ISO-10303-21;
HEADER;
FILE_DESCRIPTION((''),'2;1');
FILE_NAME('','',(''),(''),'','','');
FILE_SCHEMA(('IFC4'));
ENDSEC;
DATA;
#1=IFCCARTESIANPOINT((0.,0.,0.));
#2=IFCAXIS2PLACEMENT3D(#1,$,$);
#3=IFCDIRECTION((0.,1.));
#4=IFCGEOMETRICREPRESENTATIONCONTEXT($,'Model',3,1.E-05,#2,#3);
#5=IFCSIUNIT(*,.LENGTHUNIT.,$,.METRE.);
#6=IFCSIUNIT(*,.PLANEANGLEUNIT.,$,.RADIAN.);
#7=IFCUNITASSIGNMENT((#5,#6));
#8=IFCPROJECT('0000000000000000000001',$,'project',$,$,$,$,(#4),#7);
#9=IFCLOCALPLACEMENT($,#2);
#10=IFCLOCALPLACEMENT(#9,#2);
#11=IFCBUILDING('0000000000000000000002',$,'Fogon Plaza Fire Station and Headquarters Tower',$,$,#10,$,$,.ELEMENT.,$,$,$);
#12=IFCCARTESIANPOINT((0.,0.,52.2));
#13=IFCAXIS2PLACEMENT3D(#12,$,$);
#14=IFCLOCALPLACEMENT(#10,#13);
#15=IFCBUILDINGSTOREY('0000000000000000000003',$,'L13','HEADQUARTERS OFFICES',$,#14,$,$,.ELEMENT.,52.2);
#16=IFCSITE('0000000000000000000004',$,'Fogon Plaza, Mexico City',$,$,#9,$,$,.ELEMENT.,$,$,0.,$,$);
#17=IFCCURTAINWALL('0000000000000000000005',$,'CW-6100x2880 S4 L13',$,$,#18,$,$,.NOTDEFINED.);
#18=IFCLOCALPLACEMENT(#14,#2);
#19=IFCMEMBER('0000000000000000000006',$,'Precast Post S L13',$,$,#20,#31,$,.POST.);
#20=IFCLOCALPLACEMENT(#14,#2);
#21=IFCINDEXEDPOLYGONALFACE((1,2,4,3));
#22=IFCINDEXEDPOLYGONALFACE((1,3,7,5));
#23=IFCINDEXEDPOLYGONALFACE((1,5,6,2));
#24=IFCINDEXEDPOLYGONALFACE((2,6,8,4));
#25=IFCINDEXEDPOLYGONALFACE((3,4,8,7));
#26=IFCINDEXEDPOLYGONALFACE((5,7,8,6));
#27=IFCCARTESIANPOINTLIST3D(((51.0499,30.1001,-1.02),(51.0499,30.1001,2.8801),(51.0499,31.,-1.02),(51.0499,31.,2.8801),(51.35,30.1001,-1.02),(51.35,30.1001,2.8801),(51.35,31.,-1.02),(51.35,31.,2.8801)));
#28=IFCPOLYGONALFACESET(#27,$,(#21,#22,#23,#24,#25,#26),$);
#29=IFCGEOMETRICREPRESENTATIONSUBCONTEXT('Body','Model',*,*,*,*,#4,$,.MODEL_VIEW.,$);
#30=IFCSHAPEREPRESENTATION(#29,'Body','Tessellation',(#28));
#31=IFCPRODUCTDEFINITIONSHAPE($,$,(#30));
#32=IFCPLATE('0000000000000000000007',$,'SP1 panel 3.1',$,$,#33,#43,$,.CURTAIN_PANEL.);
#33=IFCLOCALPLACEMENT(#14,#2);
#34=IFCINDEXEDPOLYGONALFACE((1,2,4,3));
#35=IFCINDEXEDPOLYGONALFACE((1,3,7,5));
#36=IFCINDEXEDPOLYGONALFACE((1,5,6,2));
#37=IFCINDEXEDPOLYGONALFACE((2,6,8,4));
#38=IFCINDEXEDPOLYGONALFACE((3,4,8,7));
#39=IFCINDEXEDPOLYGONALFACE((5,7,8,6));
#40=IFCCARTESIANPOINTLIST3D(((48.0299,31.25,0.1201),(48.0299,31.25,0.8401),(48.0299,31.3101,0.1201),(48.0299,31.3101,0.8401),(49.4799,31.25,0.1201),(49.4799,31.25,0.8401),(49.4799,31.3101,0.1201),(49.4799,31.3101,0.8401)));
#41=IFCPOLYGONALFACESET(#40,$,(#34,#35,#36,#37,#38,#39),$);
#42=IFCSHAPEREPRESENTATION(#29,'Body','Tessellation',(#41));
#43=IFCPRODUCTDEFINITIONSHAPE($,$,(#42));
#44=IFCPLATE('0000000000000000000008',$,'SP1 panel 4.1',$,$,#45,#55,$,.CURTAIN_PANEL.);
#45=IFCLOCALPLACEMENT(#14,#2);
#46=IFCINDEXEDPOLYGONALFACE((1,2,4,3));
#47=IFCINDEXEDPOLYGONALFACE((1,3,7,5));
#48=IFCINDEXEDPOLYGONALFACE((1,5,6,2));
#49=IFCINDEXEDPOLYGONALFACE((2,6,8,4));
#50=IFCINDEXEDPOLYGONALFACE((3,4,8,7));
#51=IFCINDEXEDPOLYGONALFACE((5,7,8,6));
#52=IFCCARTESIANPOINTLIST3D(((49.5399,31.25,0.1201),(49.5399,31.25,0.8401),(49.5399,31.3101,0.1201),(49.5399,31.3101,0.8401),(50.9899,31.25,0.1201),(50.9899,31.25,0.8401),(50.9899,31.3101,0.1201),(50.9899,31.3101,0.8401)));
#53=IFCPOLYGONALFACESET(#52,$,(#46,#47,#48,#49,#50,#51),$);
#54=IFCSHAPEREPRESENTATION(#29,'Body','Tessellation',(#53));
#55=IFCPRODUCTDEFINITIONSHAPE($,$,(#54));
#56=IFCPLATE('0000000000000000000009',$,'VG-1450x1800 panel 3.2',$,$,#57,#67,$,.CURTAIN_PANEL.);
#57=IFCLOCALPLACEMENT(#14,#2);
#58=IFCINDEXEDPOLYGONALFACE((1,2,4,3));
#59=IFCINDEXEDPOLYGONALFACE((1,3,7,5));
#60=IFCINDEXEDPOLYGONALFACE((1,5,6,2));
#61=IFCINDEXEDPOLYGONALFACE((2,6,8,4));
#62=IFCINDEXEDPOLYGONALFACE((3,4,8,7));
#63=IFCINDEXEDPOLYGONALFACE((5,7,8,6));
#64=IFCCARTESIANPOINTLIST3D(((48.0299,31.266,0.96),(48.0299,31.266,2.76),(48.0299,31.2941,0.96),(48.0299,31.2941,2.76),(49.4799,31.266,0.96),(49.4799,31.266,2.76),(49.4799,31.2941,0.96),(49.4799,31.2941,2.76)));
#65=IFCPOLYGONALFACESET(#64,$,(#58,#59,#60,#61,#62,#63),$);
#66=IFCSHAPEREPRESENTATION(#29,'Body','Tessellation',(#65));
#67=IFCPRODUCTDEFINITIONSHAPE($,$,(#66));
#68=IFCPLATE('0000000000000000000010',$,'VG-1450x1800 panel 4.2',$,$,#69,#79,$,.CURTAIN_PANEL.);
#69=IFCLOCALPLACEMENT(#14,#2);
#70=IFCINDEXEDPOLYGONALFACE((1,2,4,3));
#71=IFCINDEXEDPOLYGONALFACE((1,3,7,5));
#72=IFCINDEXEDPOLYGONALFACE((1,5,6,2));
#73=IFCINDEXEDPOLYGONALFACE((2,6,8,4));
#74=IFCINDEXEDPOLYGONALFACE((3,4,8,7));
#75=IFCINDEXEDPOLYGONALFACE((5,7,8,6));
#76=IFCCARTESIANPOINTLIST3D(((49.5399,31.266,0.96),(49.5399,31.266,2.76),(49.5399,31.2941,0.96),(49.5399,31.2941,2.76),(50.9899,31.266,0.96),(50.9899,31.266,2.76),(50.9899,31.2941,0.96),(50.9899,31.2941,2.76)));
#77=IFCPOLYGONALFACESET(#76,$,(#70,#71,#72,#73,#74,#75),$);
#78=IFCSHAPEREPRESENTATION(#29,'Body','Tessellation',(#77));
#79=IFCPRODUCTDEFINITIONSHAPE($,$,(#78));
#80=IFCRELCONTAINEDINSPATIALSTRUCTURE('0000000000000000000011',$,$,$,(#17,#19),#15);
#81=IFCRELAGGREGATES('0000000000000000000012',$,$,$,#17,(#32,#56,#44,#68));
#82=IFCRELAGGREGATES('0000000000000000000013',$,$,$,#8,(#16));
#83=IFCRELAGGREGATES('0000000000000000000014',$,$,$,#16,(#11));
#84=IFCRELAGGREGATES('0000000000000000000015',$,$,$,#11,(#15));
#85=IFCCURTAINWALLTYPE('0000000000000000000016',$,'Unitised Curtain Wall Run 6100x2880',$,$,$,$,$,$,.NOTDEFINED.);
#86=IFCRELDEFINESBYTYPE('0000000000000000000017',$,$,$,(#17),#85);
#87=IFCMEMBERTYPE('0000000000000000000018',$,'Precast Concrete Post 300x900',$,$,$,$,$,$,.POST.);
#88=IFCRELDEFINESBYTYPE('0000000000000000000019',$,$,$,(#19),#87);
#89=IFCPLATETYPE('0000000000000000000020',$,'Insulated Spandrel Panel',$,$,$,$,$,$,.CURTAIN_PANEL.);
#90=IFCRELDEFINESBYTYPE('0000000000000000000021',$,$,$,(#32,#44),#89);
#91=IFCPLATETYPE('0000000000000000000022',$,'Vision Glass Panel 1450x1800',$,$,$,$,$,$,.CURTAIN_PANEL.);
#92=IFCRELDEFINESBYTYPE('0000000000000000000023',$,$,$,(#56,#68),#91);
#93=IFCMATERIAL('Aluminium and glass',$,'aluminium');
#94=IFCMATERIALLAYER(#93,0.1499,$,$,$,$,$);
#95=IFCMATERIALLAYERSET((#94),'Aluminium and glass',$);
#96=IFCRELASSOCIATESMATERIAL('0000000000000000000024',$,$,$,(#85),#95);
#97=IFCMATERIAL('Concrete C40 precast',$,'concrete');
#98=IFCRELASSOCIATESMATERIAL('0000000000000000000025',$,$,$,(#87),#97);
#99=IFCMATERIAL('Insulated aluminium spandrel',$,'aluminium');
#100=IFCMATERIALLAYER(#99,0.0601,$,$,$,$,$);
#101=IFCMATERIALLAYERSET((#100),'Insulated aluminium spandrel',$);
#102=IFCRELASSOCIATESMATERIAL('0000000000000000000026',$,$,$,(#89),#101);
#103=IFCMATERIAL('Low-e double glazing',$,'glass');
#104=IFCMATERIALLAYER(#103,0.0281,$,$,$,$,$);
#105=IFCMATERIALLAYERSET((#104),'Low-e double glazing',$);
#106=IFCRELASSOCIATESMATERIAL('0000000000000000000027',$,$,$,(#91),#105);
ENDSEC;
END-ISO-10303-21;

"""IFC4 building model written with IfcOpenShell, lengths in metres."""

from ifc_helpers import new_model, si_unit, direction, frame, origin, origin_2d, place, context, subcontext, project, spatial, rectangle, extrude, material, layer, layer_set, material_profile, profile_set, type_object, element, aggregate, save


model = new_model("IFC4")

# Units and contexts
model_context = context("Model", 3, precision=1e-05, world=origin(), true_north=direction((0.0, 1.0)))
body_context = subcontext(model_context, "Body", "Model", "MODEL_VIEW")
ifc_project = project(units=[si_unit("LENGTHUNIT", "METRE"), si_unit("PLANEANGLEUNIT", "RADIAN")], contexts=[model_context])

# Site, building, storey
site_placement = place(None, origin())
site = spatial("IfcSite", under=ifc_project, at=site_placement, Name="Fogon Plaza, Mexico City", CompositionType="ELEMENT", RefElevation=0.0)
building_placement = place(site_placement, origin())
building = spatial("IfcBuilding", under=site, at=building_placement, Name="Fogon Plaza Fire Station and Headquarters Tower", CompositionType="ELEMENT")
storey_placement = place(building_placement, frame((0.0, 0.0, 52.2)))
storey = spatial("IfcBuildingStorey", under=building, at=storey_placement, Name="L13", Description="HEADQUARTERS OFFICES", CompositionType="ELEMENT", Elevation=52.2)

# Curtain wall
ifc_material_1 = material(Name="Aluminium and glass", Category="aluminium")
ifc_layer_1 = layer(ifc_material_1, 0.1499)
ifc_layer_set_1 = layer_set([ifc_layer_1], Name="Aluminium and glass")
curtain_wall_type = type_object("IfcCurtainWallType", Name="Unitised Curtain Wall Run 6100x2880", PredefinedType="NOTDEFINED", material=ifc_layer_set_1)
curtain_wall_1_placement = place(storey_placement, origin())
curtain_wall_1 = element("IfcCurtainWall", 1, at=curtain_wall_1_placement, inside=storey, type_object=curtain_wall_type, Name="CW-6100x2880 S4 L13", PredefinedType="NOTDEFINED")

# Member
ifc_material_2 = material(Name="Concrete C40 precast", Category="concrete")
ifc_material_profile_1 = material_profile(ifc_material_2, rectangle(XDim=0.3, YDim=0.8999, at=origin_2d()), Name="Precast Concrete Post 300x900")
ifc_profile_set_1 = profile_set([ifc_material_profile_1], Name="Concrete C40 precast")
member_type_1 = type_object("IfcMemberType", Name="Precast Concrete Post 300x900", PredefinedType="POST", material=ifc_profile_set_1)
member_1_placement = place(storey_placement, frame((51.2, 30.55, -1.02), z_axis=(0.0, 0.0, 1.0), x_axis=(1.0, 0.0, 0.0)))
element("IfcMember", 2, at=member_1_placement, inside=storey, type_object=member_type_1, Name="Precast Post S L13", PredefinedType="POST", context=body_context, shape_type="SweptSolid", body=[
    extrude(rectangle(XDim=0.3, YDim=0.8999, at=origin_2d()), origin(), (0.0, 0.0, 1.0), 3.9001),
])

# Plates
ifc_material_3 = material(Name="Insulated aluminium spandrel", Category="aluminium")
ifc_layer_2 = layer(ifc_material_3, 0.0601)
ifc_layer_set_2 = layer_set([ifc_layer_2], Name="Insulated aluminium spandrel")
plate_type_1 = type_object("IfcPlateType", Name="Insulated Spandrel Panel", PredefinedType="CURTAIN_PANEL", material=ifc_layer_set_2)
plate_1_placement = place(storey_placement, frame((48.7549, 31.28, 0.1201), z_axis=(0.0, 0.0, 1.0), x_axis=(1.0, 0.0, 0.0)))
plate_1 = element("IfcPlate", 3, at=plate_1_placement, type_object=plate_type_1, Name="SP1 panel 3.1", PredefinedType="CURTAIN_PANEL", context=body_context, shape_type="SweptSolid", body=[
    extrude(rectangle(XDim=1.45, YDim=0.0601, at=origin_2d()), origin(), (0.0, 0.0, 1.0), 0.72),
])
plate_2_placement = place(storey_placement, frame((50.2649, 31.28, 0.1201), z_axis=(0.0, 0.0, 1.0), x_axis=(1.0, 0.0, 0.0)))
plate_2 = element("IfcPlate", 4, at=plate_2_placement, type_object=plate_type_1, Name="SP1 panel 4.1", PredefinedType="CURTAIN_PANEL", context=body_context, shape_type="SweptSolid", body=[
    extrude(rectangle(XDim=1.45, YDim=0.0601, at=origin_2d()), origin(), (0.0, 0.0, 1.0), 0.72),
])
ifc_material_4 = material(Name="Low-e double glazing", Category="glass")
ifc_layer_3 = layer(ifc_material_4, 0.0281)
ifc_layer_set_3 = layer_set([ifc_layer_3], Name="Low-e double glazing")
plate_type_2 = type_object("IfcPlateType", Name="Vision Glass Panel 1450x1800", PredefinedType="CURTAIN_PANEL", material=ifc_layer_set_3)
plate_3_placement = place(storey_placement, frame((48.7549, 31.28, 0.96), z_axis=(0.0, 0.0, 1.0), x_axis=(1.0, 0.0, 0.0)))
plate_3 = element("IfcPlate", 5, at=plate_3_placement, type_object=plate_type_2, Name="VG-1450x1800 panel 3.2", PredefinedType="CURTAIN_PANEL", context=body_context, shape_type="SweptSolid", body=[
    extrude(rectangle(XDim=1.45, YDim=0.0281, at=origin_2d()), origin(), (0.0, 0.0, 1.0), 1.8),
])
plate_4_placement = place(storey_placement, frame((50.2649, 31.28, 0.96), z_axis=(0.0, 0.0, 1.0), x_axis=(1.0, 0.0, 0.0)))
plate_4 = element("IfcPlate", 6, at=plate_4_placement, type_object=plate_type_2, Name="VG-1450x1800 panel 4.2", PredefinedType="CURTAIN_PANEL", context=body_context, shape_type="SweptSolid", body=[
    extrude(rectangle(XDim=1.45, YDim=0.0281, at=origin_2d()), origin(), (0.0, 0.0, 1.0), 1.8),
])
aggregate(curtain_wall_1, [plate_1, plate_3, plate_2, plate_4])

save(model, "model.ifc")
